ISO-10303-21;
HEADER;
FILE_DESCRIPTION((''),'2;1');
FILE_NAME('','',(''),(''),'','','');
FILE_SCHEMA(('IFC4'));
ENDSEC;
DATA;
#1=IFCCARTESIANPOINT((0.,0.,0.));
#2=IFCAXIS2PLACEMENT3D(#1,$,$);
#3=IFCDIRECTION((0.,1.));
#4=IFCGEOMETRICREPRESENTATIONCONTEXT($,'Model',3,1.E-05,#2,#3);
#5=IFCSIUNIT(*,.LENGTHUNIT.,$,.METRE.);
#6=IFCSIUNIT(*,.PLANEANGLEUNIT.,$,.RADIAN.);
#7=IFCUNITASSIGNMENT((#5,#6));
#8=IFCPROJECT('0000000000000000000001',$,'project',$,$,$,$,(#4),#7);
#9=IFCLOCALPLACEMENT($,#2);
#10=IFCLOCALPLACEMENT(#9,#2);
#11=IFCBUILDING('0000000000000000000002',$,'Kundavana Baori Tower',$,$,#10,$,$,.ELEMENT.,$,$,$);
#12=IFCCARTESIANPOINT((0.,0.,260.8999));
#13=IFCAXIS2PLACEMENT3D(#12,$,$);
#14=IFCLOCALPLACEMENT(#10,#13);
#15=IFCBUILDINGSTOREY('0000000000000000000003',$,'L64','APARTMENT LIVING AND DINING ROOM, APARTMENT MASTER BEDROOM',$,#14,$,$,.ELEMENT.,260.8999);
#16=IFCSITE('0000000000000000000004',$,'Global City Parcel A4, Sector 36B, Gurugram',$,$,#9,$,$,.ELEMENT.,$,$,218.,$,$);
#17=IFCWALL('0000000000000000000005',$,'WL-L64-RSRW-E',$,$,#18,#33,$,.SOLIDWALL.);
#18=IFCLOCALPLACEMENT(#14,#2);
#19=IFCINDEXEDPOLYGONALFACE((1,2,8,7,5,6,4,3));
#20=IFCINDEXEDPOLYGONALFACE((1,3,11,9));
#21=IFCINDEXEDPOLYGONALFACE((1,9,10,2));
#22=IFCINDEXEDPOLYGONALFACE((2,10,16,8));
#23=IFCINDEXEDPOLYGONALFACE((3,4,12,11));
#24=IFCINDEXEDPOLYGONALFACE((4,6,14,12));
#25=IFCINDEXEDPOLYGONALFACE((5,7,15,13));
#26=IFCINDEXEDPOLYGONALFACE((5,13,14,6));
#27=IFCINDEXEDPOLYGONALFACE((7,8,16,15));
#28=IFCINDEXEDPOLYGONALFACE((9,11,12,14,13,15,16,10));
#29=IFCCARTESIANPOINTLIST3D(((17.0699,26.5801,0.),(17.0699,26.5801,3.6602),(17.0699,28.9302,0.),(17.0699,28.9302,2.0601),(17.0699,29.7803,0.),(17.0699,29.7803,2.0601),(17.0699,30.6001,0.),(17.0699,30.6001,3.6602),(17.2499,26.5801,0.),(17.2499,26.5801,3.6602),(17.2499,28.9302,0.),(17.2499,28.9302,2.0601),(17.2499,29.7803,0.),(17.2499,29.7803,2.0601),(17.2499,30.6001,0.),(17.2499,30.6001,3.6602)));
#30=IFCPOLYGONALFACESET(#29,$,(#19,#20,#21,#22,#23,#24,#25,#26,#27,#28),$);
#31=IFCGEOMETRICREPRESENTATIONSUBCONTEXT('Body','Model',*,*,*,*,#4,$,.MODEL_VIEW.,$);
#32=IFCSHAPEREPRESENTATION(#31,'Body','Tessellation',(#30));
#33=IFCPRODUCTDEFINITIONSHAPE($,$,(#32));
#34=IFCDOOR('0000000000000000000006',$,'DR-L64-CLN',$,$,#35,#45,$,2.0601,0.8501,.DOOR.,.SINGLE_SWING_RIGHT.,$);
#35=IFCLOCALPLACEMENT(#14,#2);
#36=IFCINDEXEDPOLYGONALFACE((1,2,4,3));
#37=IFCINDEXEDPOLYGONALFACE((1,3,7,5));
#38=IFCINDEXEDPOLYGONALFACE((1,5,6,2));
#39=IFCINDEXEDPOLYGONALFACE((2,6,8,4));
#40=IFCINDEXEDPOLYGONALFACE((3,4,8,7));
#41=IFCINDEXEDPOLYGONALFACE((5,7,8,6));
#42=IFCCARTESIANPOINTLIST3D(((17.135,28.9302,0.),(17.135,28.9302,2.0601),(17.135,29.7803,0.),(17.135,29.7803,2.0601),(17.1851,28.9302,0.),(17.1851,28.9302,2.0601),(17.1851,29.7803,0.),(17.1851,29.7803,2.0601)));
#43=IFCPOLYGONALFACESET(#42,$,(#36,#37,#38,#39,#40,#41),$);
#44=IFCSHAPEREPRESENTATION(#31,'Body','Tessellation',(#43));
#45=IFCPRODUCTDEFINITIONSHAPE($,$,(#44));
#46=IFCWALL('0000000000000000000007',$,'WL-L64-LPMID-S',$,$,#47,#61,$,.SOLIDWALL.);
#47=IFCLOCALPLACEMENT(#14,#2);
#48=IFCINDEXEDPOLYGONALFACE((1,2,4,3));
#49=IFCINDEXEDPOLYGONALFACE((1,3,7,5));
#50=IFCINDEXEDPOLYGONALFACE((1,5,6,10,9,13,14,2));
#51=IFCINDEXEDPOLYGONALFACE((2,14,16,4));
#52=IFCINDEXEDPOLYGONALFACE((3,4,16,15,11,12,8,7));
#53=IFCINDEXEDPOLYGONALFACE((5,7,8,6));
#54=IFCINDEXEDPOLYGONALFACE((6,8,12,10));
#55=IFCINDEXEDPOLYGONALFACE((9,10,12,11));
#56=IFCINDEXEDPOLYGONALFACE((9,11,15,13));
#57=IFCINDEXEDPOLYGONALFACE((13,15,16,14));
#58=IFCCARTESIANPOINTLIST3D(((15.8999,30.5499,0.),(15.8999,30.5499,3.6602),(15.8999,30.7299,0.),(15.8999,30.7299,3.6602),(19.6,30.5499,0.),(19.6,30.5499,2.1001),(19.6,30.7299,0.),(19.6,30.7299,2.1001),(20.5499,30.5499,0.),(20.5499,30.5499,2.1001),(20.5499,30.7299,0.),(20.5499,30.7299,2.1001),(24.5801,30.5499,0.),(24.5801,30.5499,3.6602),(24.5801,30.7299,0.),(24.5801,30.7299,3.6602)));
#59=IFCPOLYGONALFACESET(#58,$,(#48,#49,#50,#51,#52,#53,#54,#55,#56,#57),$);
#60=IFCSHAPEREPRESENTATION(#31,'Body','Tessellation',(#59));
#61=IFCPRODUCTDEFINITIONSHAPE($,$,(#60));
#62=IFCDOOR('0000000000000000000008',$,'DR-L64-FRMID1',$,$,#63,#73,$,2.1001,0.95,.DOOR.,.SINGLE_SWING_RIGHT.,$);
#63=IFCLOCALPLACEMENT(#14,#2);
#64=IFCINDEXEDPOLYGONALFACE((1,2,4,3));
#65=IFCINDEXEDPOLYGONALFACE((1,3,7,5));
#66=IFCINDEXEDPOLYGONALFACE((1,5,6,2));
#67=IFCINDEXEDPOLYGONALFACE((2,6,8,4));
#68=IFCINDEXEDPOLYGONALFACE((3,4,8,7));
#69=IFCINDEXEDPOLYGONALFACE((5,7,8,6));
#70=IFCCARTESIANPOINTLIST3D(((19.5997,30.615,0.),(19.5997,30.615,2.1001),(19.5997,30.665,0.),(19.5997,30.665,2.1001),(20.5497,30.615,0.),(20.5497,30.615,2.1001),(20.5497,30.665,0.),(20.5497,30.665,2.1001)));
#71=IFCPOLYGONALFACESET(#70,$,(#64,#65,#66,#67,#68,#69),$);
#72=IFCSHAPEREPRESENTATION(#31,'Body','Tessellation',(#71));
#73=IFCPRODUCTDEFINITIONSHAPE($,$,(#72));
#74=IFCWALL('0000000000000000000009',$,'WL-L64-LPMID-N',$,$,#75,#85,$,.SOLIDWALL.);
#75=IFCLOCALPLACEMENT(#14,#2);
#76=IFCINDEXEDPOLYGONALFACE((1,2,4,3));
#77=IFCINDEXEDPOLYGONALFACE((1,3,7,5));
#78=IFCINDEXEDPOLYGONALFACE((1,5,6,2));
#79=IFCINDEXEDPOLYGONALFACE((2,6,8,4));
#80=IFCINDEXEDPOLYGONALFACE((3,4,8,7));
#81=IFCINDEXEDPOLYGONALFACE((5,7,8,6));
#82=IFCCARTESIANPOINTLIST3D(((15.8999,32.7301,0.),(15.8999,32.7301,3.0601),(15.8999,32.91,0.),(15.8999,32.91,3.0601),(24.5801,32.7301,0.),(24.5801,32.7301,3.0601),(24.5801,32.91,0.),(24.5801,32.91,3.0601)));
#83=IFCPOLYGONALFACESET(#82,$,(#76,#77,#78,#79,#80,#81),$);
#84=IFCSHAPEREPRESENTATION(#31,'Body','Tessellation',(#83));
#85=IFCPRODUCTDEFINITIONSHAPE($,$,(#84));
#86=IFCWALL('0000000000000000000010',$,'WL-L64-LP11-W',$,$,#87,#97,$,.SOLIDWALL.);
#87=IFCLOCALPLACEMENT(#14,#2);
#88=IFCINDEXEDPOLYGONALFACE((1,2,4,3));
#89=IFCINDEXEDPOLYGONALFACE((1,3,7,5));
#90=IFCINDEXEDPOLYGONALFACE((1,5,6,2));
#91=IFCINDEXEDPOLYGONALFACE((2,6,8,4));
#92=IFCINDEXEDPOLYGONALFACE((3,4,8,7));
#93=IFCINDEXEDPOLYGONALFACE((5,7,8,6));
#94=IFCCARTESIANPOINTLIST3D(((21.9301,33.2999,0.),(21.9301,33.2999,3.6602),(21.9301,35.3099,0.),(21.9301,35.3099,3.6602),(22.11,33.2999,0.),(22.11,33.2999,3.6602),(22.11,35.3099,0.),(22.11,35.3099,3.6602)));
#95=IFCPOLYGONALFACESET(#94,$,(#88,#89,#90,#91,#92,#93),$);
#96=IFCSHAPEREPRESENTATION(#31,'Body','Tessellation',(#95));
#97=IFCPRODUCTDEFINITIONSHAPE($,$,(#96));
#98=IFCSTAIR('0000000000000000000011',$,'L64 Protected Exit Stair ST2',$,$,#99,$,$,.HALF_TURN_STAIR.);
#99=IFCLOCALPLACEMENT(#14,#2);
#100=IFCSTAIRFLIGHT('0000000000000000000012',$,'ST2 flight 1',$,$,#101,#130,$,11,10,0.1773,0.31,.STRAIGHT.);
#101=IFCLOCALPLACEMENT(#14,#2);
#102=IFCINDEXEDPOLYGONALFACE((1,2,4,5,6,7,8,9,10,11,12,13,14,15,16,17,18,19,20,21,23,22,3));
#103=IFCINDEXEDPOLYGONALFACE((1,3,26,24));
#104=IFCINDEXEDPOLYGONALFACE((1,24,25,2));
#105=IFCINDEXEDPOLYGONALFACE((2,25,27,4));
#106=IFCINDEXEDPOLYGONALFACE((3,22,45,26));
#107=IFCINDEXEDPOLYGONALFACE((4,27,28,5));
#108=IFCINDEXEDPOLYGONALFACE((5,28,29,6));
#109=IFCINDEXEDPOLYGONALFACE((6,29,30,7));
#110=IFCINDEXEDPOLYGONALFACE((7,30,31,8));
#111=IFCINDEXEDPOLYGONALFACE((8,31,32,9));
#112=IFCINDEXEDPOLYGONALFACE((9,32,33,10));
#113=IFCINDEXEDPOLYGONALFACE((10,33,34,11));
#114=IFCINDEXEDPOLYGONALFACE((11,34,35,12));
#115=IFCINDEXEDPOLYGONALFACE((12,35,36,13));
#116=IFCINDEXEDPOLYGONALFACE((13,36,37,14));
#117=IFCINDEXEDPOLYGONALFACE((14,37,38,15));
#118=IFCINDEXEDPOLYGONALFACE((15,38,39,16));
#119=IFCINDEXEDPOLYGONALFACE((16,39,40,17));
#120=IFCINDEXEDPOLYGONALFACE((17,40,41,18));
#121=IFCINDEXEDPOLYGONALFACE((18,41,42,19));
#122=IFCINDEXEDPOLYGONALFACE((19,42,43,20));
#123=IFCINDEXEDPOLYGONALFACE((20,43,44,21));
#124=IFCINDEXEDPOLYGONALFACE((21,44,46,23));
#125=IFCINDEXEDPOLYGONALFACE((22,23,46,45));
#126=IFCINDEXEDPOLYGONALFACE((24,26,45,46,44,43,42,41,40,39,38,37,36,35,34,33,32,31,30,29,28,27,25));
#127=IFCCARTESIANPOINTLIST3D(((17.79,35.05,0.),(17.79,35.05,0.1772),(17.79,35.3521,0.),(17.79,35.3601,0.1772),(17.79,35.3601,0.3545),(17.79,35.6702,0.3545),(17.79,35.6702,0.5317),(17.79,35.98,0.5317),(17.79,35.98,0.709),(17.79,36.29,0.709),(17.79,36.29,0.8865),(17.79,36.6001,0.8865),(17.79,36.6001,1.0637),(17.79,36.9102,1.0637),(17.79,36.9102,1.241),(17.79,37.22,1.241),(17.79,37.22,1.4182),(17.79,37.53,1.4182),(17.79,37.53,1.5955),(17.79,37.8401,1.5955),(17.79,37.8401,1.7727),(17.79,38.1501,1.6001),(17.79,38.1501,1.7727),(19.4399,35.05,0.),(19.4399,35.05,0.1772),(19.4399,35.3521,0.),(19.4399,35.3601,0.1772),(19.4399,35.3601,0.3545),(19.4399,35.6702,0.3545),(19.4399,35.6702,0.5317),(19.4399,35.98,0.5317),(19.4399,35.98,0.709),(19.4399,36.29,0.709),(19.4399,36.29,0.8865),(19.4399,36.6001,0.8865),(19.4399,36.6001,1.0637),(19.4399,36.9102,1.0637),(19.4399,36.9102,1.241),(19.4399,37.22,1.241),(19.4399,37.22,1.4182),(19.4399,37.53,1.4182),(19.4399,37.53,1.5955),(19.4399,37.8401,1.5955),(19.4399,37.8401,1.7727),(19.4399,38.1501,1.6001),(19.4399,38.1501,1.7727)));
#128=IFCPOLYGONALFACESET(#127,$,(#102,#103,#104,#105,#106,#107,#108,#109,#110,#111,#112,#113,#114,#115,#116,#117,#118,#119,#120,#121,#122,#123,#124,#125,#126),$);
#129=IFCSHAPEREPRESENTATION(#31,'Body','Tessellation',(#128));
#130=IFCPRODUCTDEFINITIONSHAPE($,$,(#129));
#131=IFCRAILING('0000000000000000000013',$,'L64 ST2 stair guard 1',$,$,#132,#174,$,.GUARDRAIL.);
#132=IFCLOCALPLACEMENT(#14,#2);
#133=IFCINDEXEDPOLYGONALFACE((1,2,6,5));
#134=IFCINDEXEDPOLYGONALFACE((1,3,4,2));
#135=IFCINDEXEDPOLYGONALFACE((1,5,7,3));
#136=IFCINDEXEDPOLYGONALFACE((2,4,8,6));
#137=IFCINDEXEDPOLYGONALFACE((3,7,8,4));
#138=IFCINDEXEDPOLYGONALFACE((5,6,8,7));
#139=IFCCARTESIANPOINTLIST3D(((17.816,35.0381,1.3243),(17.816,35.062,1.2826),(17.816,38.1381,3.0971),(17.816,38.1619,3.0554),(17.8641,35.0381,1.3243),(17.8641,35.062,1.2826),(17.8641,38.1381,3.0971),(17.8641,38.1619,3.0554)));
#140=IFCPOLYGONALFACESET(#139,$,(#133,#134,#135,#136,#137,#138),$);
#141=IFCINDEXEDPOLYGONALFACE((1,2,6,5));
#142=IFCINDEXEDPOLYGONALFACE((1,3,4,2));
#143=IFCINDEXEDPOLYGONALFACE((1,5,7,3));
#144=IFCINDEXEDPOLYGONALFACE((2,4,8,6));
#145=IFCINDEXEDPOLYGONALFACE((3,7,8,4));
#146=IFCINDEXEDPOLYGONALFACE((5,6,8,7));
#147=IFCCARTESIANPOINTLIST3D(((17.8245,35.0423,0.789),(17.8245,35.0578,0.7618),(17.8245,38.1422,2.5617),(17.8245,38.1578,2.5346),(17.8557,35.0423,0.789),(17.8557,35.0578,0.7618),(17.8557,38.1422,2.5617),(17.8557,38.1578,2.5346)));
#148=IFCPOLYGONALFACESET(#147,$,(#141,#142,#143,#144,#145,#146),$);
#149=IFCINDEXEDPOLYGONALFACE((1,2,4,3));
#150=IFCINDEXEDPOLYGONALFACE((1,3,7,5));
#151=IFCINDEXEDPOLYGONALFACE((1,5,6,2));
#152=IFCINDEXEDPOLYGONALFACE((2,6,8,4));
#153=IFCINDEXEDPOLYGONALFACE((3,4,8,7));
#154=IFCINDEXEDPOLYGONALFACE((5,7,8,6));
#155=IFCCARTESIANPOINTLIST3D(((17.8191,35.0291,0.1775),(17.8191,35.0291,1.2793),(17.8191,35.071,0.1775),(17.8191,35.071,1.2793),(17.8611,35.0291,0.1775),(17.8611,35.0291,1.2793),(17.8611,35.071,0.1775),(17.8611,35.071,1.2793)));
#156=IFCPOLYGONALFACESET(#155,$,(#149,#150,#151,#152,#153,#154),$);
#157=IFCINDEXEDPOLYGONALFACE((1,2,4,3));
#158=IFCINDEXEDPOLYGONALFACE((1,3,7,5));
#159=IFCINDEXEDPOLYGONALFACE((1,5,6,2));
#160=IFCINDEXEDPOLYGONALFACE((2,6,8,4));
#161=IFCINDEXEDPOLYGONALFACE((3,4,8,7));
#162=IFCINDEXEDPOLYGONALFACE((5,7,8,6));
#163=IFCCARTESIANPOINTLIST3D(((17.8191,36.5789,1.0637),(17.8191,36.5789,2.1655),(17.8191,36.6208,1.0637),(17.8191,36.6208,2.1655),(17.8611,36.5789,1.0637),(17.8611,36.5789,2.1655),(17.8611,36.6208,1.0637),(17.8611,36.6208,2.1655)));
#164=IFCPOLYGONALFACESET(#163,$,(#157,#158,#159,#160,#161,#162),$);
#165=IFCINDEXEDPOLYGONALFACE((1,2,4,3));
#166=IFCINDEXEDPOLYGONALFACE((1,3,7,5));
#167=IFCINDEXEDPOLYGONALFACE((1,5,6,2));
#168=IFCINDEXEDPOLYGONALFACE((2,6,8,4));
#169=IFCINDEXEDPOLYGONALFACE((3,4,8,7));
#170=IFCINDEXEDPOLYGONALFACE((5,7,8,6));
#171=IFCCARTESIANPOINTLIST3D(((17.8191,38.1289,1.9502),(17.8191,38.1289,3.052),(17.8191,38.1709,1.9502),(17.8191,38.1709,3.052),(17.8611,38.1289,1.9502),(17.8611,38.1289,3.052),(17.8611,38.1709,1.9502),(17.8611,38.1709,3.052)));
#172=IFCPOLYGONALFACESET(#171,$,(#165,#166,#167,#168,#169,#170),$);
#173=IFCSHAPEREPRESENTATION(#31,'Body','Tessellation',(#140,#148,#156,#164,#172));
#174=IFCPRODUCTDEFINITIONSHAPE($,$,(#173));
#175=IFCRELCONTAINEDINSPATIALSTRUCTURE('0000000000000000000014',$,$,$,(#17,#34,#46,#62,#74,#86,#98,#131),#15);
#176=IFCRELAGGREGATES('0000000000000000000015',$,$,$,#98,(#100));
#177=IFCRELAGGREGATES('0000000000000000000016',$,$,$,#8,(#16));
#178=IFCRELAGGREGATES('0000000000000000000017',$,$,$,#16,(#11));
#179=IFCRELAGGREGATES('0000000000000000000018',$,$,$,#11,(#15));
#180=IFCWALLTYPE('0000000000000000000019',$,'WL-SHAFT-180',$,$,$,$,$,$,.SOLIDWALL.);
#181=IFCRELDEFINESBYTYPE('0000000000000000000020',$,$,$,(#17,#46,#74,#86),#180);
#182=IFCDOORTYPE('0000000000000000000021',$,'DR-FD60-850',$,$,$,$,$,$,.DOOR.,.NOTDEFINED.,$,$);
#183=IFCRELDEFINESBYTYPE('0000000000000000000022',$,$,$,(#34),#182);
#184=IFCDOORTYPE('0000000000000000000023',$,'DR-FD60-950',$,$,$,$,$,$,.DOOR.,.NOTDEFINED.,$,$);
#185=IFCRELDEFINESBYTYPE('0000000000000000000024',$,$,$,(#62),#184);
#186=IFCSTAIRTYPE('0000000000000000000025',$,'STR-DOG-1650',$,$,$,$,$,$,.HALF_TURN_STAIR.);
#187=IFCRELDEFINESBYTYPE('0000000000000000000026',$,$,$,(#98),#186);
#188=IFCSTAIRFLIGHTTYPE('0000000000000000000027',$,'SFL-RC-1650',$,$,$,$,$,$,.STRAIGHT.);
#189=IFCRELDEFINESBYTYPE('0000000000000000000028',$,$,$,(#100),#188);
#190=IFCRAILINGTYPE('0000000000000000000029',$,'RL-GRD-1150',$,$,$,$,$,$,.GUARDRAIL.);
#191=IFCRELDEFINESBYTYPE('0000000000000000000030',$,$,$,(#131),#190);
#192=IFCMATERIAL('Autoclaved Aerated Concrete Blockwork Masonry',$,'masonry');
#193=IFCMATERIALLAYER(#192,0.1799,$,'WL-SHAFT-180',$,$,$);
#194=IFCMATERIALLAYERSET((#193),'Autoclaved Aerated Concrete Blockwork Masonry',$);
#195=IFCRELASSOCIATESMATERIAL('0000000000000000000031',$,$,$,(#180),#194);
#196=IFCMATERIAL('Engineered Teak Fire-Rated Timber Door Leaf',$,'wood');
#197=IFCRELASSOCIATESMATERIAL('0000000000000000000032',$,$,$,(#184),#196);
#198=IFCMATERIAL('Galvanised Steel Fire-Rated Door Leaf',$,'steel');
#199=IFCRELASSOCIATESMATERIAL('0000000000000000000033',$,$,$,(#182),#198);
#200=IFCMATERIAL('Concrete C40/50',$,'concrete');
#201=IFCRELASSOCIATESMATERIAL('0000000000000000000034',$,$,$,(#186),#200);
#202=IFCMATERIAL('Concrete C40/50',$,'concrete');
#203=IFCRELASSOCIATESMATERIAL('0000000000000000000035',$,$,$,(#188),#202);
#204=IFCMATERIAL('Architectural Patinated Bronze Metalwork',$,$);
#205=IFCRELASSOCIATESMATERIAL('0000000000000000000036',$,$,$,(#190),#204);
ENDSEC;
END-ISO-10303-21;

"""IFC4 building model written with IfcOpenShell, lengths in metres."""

from ifc_helpers import new_model, si_unit, direction, frame, frame_2d, origin, origin_2d, place, context, subcontext, project, spatial, polyline, rectangle, outline, extrude, material, layer, layer_set, type_object, element, fill, aggregate, save


model = new_model("IFC4")

# Units and contexts
model_context = context("Model", 3, precision=1e-05, world=origin(), true_north=direction((0.0, 1.0)))
body_context = subcontext(model_context, "Body", "Model", "MODEL_VIEW")
ifc_project = project(units=[si_unit("LENGTHUNIT", "METRE"), si_unit("PLANEANGLEUNIT", "RADIAN")], contexts=[model_context])

# Site, building, storey
site_placement = place(None, origin())
site = spatial("IfcSite", under=ifc_project, at=site_placement, Name="Global City Parcel A4, Sector 36B, Gurugram", CompositionType="ELEMENT", RefElevation=218.0)
building_placement = place(site_placement, origin())
building = spatial("IfcBuilding", under=site, at=building_placement, Name="Kundavana Baori Tower", CompositionType="ELEMENT")
storey_placement = place(building_placement, frame((0.0, 0.0, 260.8999)))
storey = spatial("IfcBuildingStorey", under=building, at=storey_placement, Name="L64", Description="APARTMENT LIVING AND DINING ROOM, APARTMENT MASTER BEDROOM", CompositionType="ELEMENT", Elevation=260.8999)

# Shared definitions
ifc_material_1 = material(Name="Autoclaved Aerated Concrete Blockwork Masonry", Category="masonry")
ifc_layer_1 = layer(ifc_material_1, 0.1799, Name="WL-SHAFT-180")
ifc_layer_set_1 = layer_set([ifc_layer_1], Name="Autoclaved Aerated Concrete Blockwork Masonry")
wall_type_1 = type_object("IfcWallType", Name="WL-SHAFT-180", PredefinedType="SOLIDWALL", material=ifc_layer_set_1)
ifc_material_2 = material(Name="Engineered Teak Fire-Rated Timber Door Leaf", Category="wood")
door_type_1 = type_object("IfcDoorType", Name="DR-FD60-950", OperationType="NOTDEFINED", PredefinedType="DOOR", material=ifc_material_2)

# Walls, openings, doors
wall_1_placement = place(storey_placement, frame((17.1599, 26.5801, 0.0), z_axis=(0.0, 0.0, 1.0), x_axis=(0.0, 1.0, 0.0)))
wall_1 = element("IfcWall", 1, at=wall_1_placement, inside=storey, type_object=wall_type_1, Name="WL-L64-RSRW-E", PredefinedType="SOLIDWALL", context=body_context, shape_type="SweptSolid", body=[
    extrude(rectangle(XDim=4.02, YDim=0.1799, at=frame_2d((2.01, 0.0))), origin(), (0.0, 0.0, 1.0), 3.6602),
])
opening_1_placement = place(wall_1_placement, frame((2.3501, 0.0, 0.0)))
opening_1 = element("IfcOpeningElement", 2, at=opening_1_placement, cuts=wall_1, PredefinedType="OPENING", context=body_context, shape_type="SweptSolid", body=[
    extrude(rectangle(XDim=0.8501, YDim=2.0601, at=frame_2d((0.425, 1.03))), frame((0.0, 0.1001, 0.0), z_axis=(0.0, -1.0, 0.0), x_axis=(1.0, 0.0, 0.0)), (0.0, 0.0, 1.0), 0.2),
])
ifc_material_3 = material(Name="Galvanised Steel Fire-Rated Door Leaf", Category="steel")
door_type_2 = type_object("IfcDoorType", Name="DR-FD60-850", OperationType="NOTDEFINED", PredefinedType="DOOR", material=ifc_material_3)
door_1_placement = place(opening_1_placement, origin())
door_1 = element("IfcDoor", 3, at=door_1_placement, inside=storey, type_object=door_type_2, Name="DR-L64-CLN", OperationType="SINGLE_SWING_RIGHT", OverallHeight=2.0601, OverallWidth=0.8501, PredefinedType="DOOR", context=body_context, shape_type="SweptSolid", body=[
    extrude(rectangle(XDim=0.8501, YDim=2.0601, at=frame_2d((0.425, 1.03))), frame((0.0, 0.0249, 0.0), z_axis=(0.0, -1.0, 0.0), x_axis=(1.0, 0.0, 0.0)), (0.0, 0.0, 1.0), 0.05),
])
fill(opening_1, door_1)
wall_2_placement = place(storey_placement, frame((15.8999, 30.6399, 0.0), z_axis=(0.0, 0.0, 1.0), x_axis=(1.0, 0.0, 0.0)))
wall_2 = element("IfcWall", 4, at=wall_2_placement, inside=storey, type_object=wall_type_1, Name="WL-L64-LPMID-S", PredefinedType="SOLIDWALL", context=body_context, shape_type="SweptSolid", body=[
    extrude(rectangle(XDim=8.6802, YDim=0.1799, at=frame_2d((4.3401, 0.0))), origin(), (0.0, 0.0, 1.0), 3.6602),
])
opening_2_placement = place(wall_2_placement, frame((3.7, 0.0, 0.0)))
opening_2 = element("IfcOpeningElement", 5, at=opening_2_placement, cuts=wall_2, PredefinedType="OPENING", context=body_context, shape_type="SweptSolid", body=[
    extrude(rectangle(XDim=0.95, YDim=2.1001, at=frame_2d((0.4751, 1.05))), frame((0.0, 0.1001, 0.0), z_axis=(0.0, -1.0, 0.0), x_axis=(1.0, 0.0, 0.0)), (0.0, 0.0, 1.0), 0.2),
])
door_2_placement = place(opening_2_placement, frame((0.95, 0.0, 0.0), z_axis=(0.0, 0.0, 1.0), x_axis=(-1.0, 0.0, 0.0)))
door_2 = element("IfcDoor", 6, at=door_2_placement, inside=storey, type_object=door_type_1, Name="DR-L64-FRMID1", OperationType="SINGLE_SWING_RIGHT", OverallHeight=2.1001, OverallWidth=0.95, PredefinedType="DOOR", context=body_context, shape_type="SweptSolid", body=[
    extrude(rectangle(XDim=0.95, YDim=2.1001, at=frame_2d((0.4751, 1.05))), frame((0.0, 0.0249, 0.0), z_axis=(0.0, -1.0, 0.0), x_axis=(1.0, 0.0, 0.0)), (0.0, 0.0, 1.0), 0.05),
])
fill(opening_2, door_2)

# Walls
wall_3_placement = place(storey_placement, frame((15.8999, 32.8201, 0.0), z_axis=(0.0, 0.0, 1.0), x_axis=(1.0, 0.0, 0.0)))
element("IfcWall", 7, at=wall_3_placement, inside=storey, type_object=wall_type_1, Name="WL-L64-LPMID-N", PredefinedType="SOLIDWALL", context=body_context, shape_type="SweptSolid", body=[
    extrude(rectangle(XDim=8.6802, YDim=0.1799, at=frame_2d((4.3401, 0.0))), origin(), (0.0, 0.0, 1.0), 3.0601),
])
wall_4_placement = place(storey_placement, frame((22.02, 33.3, 0.0), z_axis=(0.0, 0.0, 1.0), x_axis=(0.0, 1.0, 0.0)))
element("IfcWall", 8, at=wall_4_placement, inside=storey, type_object=wall_type_1, Name="WL-L64-LP11-W", PredefinedType="SOLIDWALL", context=body_context, shape_type="SweptSolid", body=[
    extrude(rectangle(XDim=2.01, YDim=0.1799, at=frame_2d((1.0049, 0.0))), origin(), (0.0, 0.0, 1.0), 3.6602),
])

# Stair, stair flight
ifc_material_4 = material(Name="Concrete C40/50", Category="concrete")
stair_type = type_object("IfcStairType", Name="STR-DOG-1650", PredefinedType="HALF_TURN_STAIR", material=ifc_material_4)
stair_placement = place(storey_placement, origin())
stair = element("IfcStair", 9, at=stair_placement, inside=storey, type_object=stair_type, Name="L64 Protected Exit Stair ST2", PredefinedType="HALF_TURN_STAIR")
ifc_material_5 = material(Name="Concrete C40/50", Category="concrete")
stair_flight_type = type_object("IfcStairFlightType", Name="SFL-RC-1650", PredefinedType="STRAIGHT", material=ifc_material_5)
stair_flight_placement = place(storey_placement, frame((18.615, 35.05, 0.0), z_axis=(0.0, 0.0, 1.0), x_axis=(0.0, 1.0, 0.0)))
stair_flight = element("IfcStairFlight", 10, at=stair_flight_placement, type_object=stair_flight_type, Name="ST2 flight 1", NumberOfRisers=11, NumberOfTreads=10, PredefinedType="STRAIGHT", RiserHeight=0.1773, TreadLength=0.31, context=body_context, shape_type="SweptSolid", body=[
    extrude(outline(polyline([(0.0, 0.0), (0.0, 0.1772), (0.3101, 0.1772), (0.3101, 0.3545), (0.6201, 0.3545), (0.6201, 0.5317), (0.9299, 0.5317), (0.9299, 0.709), (1.24, 0.709), (1.24, 0.8865), (1.55, 0.8865), (1.55, 1.0637), (1.8601, 1.0637), (1.8601, 1.241), (2.1699, 1.241), (2.1699, 1.4182), (2.48, 1.4182), (2.48, 1.5955), (2.79, 1.5955), (2.79, 1.7727), (3.1001, 1.7727), (3.1001, 1.95), (3.1001, 1.6001), (0.302, 0.0), (0.0, 0.0)])), frame((0.0, 0.825, 0.0), z_axis=(0.0, -1.0, 0.0), x_axis=(1.0, 0.0, 0.0)), (0.0, 0.0, 1.0), 1.6499),
])
aggregate(stair, [stair_flight])

# Railing
ifc_material_6 = material(Name="Architectural Patinated Bronze Metalwork")
railing_type_1 = type_object("IfcRailingType", Name="RL-GRD-1150", PredefinedType="GUARDRAIL", material=ifc_material_6)
railing_1_placement = place(storey_placement, frame((17.8401, 35.05, 0.1775)))
element("IfcRailing", 11, at=railing_1_placement, inside=storey, type_object=railing_type_1, Name="L64 ST2 stair guard 1", PredefinedType="GUARDRAIL", context=body_context, shape_type="SweptSolid", body=[
    extrude(rectangle(XDim=0.0481, YDim=0.0481, at=origin_2d()), frame((0.0, 0.0, 1.126), z_axis=(0.0, 0.868079, 0.496426), x_axis=(-1.0, 0.0, 0.0)), (0.0, 0.0, 1.0), 3.571),
    extrude(rectangle(XDim=0.0312, YDim=0.0312, at=origin_2d()), frame((0.0, 0.0, 0.5979), z_axis=(0.0, 0.868079, 0.496426), x_axis=(-1.0, 0.0, 0.0)), (0.0, 0.0, 1.0), 3.571),
    extrude(rectangle(XDim=0.042, YDim=0.042, at=origin_2d()), origin(), (0.0, 0.0, 1.0), 1.1018),
    extrude(rectangle(XDim=0.042, YDim=0.042, at=origin_2d()), frame((0.0, 1.5498, 0.8862)), (0.0, 0.0, 1.0), 1.1018),
    extrude(rectangle(XDim=0.042, YDim=0.042, at=origin_2d()), frame((0.0, 3.0999, 1.7727)), (0.0, 0.0, 1.0), 1.1018),
])

save(model, "model.ifc")
